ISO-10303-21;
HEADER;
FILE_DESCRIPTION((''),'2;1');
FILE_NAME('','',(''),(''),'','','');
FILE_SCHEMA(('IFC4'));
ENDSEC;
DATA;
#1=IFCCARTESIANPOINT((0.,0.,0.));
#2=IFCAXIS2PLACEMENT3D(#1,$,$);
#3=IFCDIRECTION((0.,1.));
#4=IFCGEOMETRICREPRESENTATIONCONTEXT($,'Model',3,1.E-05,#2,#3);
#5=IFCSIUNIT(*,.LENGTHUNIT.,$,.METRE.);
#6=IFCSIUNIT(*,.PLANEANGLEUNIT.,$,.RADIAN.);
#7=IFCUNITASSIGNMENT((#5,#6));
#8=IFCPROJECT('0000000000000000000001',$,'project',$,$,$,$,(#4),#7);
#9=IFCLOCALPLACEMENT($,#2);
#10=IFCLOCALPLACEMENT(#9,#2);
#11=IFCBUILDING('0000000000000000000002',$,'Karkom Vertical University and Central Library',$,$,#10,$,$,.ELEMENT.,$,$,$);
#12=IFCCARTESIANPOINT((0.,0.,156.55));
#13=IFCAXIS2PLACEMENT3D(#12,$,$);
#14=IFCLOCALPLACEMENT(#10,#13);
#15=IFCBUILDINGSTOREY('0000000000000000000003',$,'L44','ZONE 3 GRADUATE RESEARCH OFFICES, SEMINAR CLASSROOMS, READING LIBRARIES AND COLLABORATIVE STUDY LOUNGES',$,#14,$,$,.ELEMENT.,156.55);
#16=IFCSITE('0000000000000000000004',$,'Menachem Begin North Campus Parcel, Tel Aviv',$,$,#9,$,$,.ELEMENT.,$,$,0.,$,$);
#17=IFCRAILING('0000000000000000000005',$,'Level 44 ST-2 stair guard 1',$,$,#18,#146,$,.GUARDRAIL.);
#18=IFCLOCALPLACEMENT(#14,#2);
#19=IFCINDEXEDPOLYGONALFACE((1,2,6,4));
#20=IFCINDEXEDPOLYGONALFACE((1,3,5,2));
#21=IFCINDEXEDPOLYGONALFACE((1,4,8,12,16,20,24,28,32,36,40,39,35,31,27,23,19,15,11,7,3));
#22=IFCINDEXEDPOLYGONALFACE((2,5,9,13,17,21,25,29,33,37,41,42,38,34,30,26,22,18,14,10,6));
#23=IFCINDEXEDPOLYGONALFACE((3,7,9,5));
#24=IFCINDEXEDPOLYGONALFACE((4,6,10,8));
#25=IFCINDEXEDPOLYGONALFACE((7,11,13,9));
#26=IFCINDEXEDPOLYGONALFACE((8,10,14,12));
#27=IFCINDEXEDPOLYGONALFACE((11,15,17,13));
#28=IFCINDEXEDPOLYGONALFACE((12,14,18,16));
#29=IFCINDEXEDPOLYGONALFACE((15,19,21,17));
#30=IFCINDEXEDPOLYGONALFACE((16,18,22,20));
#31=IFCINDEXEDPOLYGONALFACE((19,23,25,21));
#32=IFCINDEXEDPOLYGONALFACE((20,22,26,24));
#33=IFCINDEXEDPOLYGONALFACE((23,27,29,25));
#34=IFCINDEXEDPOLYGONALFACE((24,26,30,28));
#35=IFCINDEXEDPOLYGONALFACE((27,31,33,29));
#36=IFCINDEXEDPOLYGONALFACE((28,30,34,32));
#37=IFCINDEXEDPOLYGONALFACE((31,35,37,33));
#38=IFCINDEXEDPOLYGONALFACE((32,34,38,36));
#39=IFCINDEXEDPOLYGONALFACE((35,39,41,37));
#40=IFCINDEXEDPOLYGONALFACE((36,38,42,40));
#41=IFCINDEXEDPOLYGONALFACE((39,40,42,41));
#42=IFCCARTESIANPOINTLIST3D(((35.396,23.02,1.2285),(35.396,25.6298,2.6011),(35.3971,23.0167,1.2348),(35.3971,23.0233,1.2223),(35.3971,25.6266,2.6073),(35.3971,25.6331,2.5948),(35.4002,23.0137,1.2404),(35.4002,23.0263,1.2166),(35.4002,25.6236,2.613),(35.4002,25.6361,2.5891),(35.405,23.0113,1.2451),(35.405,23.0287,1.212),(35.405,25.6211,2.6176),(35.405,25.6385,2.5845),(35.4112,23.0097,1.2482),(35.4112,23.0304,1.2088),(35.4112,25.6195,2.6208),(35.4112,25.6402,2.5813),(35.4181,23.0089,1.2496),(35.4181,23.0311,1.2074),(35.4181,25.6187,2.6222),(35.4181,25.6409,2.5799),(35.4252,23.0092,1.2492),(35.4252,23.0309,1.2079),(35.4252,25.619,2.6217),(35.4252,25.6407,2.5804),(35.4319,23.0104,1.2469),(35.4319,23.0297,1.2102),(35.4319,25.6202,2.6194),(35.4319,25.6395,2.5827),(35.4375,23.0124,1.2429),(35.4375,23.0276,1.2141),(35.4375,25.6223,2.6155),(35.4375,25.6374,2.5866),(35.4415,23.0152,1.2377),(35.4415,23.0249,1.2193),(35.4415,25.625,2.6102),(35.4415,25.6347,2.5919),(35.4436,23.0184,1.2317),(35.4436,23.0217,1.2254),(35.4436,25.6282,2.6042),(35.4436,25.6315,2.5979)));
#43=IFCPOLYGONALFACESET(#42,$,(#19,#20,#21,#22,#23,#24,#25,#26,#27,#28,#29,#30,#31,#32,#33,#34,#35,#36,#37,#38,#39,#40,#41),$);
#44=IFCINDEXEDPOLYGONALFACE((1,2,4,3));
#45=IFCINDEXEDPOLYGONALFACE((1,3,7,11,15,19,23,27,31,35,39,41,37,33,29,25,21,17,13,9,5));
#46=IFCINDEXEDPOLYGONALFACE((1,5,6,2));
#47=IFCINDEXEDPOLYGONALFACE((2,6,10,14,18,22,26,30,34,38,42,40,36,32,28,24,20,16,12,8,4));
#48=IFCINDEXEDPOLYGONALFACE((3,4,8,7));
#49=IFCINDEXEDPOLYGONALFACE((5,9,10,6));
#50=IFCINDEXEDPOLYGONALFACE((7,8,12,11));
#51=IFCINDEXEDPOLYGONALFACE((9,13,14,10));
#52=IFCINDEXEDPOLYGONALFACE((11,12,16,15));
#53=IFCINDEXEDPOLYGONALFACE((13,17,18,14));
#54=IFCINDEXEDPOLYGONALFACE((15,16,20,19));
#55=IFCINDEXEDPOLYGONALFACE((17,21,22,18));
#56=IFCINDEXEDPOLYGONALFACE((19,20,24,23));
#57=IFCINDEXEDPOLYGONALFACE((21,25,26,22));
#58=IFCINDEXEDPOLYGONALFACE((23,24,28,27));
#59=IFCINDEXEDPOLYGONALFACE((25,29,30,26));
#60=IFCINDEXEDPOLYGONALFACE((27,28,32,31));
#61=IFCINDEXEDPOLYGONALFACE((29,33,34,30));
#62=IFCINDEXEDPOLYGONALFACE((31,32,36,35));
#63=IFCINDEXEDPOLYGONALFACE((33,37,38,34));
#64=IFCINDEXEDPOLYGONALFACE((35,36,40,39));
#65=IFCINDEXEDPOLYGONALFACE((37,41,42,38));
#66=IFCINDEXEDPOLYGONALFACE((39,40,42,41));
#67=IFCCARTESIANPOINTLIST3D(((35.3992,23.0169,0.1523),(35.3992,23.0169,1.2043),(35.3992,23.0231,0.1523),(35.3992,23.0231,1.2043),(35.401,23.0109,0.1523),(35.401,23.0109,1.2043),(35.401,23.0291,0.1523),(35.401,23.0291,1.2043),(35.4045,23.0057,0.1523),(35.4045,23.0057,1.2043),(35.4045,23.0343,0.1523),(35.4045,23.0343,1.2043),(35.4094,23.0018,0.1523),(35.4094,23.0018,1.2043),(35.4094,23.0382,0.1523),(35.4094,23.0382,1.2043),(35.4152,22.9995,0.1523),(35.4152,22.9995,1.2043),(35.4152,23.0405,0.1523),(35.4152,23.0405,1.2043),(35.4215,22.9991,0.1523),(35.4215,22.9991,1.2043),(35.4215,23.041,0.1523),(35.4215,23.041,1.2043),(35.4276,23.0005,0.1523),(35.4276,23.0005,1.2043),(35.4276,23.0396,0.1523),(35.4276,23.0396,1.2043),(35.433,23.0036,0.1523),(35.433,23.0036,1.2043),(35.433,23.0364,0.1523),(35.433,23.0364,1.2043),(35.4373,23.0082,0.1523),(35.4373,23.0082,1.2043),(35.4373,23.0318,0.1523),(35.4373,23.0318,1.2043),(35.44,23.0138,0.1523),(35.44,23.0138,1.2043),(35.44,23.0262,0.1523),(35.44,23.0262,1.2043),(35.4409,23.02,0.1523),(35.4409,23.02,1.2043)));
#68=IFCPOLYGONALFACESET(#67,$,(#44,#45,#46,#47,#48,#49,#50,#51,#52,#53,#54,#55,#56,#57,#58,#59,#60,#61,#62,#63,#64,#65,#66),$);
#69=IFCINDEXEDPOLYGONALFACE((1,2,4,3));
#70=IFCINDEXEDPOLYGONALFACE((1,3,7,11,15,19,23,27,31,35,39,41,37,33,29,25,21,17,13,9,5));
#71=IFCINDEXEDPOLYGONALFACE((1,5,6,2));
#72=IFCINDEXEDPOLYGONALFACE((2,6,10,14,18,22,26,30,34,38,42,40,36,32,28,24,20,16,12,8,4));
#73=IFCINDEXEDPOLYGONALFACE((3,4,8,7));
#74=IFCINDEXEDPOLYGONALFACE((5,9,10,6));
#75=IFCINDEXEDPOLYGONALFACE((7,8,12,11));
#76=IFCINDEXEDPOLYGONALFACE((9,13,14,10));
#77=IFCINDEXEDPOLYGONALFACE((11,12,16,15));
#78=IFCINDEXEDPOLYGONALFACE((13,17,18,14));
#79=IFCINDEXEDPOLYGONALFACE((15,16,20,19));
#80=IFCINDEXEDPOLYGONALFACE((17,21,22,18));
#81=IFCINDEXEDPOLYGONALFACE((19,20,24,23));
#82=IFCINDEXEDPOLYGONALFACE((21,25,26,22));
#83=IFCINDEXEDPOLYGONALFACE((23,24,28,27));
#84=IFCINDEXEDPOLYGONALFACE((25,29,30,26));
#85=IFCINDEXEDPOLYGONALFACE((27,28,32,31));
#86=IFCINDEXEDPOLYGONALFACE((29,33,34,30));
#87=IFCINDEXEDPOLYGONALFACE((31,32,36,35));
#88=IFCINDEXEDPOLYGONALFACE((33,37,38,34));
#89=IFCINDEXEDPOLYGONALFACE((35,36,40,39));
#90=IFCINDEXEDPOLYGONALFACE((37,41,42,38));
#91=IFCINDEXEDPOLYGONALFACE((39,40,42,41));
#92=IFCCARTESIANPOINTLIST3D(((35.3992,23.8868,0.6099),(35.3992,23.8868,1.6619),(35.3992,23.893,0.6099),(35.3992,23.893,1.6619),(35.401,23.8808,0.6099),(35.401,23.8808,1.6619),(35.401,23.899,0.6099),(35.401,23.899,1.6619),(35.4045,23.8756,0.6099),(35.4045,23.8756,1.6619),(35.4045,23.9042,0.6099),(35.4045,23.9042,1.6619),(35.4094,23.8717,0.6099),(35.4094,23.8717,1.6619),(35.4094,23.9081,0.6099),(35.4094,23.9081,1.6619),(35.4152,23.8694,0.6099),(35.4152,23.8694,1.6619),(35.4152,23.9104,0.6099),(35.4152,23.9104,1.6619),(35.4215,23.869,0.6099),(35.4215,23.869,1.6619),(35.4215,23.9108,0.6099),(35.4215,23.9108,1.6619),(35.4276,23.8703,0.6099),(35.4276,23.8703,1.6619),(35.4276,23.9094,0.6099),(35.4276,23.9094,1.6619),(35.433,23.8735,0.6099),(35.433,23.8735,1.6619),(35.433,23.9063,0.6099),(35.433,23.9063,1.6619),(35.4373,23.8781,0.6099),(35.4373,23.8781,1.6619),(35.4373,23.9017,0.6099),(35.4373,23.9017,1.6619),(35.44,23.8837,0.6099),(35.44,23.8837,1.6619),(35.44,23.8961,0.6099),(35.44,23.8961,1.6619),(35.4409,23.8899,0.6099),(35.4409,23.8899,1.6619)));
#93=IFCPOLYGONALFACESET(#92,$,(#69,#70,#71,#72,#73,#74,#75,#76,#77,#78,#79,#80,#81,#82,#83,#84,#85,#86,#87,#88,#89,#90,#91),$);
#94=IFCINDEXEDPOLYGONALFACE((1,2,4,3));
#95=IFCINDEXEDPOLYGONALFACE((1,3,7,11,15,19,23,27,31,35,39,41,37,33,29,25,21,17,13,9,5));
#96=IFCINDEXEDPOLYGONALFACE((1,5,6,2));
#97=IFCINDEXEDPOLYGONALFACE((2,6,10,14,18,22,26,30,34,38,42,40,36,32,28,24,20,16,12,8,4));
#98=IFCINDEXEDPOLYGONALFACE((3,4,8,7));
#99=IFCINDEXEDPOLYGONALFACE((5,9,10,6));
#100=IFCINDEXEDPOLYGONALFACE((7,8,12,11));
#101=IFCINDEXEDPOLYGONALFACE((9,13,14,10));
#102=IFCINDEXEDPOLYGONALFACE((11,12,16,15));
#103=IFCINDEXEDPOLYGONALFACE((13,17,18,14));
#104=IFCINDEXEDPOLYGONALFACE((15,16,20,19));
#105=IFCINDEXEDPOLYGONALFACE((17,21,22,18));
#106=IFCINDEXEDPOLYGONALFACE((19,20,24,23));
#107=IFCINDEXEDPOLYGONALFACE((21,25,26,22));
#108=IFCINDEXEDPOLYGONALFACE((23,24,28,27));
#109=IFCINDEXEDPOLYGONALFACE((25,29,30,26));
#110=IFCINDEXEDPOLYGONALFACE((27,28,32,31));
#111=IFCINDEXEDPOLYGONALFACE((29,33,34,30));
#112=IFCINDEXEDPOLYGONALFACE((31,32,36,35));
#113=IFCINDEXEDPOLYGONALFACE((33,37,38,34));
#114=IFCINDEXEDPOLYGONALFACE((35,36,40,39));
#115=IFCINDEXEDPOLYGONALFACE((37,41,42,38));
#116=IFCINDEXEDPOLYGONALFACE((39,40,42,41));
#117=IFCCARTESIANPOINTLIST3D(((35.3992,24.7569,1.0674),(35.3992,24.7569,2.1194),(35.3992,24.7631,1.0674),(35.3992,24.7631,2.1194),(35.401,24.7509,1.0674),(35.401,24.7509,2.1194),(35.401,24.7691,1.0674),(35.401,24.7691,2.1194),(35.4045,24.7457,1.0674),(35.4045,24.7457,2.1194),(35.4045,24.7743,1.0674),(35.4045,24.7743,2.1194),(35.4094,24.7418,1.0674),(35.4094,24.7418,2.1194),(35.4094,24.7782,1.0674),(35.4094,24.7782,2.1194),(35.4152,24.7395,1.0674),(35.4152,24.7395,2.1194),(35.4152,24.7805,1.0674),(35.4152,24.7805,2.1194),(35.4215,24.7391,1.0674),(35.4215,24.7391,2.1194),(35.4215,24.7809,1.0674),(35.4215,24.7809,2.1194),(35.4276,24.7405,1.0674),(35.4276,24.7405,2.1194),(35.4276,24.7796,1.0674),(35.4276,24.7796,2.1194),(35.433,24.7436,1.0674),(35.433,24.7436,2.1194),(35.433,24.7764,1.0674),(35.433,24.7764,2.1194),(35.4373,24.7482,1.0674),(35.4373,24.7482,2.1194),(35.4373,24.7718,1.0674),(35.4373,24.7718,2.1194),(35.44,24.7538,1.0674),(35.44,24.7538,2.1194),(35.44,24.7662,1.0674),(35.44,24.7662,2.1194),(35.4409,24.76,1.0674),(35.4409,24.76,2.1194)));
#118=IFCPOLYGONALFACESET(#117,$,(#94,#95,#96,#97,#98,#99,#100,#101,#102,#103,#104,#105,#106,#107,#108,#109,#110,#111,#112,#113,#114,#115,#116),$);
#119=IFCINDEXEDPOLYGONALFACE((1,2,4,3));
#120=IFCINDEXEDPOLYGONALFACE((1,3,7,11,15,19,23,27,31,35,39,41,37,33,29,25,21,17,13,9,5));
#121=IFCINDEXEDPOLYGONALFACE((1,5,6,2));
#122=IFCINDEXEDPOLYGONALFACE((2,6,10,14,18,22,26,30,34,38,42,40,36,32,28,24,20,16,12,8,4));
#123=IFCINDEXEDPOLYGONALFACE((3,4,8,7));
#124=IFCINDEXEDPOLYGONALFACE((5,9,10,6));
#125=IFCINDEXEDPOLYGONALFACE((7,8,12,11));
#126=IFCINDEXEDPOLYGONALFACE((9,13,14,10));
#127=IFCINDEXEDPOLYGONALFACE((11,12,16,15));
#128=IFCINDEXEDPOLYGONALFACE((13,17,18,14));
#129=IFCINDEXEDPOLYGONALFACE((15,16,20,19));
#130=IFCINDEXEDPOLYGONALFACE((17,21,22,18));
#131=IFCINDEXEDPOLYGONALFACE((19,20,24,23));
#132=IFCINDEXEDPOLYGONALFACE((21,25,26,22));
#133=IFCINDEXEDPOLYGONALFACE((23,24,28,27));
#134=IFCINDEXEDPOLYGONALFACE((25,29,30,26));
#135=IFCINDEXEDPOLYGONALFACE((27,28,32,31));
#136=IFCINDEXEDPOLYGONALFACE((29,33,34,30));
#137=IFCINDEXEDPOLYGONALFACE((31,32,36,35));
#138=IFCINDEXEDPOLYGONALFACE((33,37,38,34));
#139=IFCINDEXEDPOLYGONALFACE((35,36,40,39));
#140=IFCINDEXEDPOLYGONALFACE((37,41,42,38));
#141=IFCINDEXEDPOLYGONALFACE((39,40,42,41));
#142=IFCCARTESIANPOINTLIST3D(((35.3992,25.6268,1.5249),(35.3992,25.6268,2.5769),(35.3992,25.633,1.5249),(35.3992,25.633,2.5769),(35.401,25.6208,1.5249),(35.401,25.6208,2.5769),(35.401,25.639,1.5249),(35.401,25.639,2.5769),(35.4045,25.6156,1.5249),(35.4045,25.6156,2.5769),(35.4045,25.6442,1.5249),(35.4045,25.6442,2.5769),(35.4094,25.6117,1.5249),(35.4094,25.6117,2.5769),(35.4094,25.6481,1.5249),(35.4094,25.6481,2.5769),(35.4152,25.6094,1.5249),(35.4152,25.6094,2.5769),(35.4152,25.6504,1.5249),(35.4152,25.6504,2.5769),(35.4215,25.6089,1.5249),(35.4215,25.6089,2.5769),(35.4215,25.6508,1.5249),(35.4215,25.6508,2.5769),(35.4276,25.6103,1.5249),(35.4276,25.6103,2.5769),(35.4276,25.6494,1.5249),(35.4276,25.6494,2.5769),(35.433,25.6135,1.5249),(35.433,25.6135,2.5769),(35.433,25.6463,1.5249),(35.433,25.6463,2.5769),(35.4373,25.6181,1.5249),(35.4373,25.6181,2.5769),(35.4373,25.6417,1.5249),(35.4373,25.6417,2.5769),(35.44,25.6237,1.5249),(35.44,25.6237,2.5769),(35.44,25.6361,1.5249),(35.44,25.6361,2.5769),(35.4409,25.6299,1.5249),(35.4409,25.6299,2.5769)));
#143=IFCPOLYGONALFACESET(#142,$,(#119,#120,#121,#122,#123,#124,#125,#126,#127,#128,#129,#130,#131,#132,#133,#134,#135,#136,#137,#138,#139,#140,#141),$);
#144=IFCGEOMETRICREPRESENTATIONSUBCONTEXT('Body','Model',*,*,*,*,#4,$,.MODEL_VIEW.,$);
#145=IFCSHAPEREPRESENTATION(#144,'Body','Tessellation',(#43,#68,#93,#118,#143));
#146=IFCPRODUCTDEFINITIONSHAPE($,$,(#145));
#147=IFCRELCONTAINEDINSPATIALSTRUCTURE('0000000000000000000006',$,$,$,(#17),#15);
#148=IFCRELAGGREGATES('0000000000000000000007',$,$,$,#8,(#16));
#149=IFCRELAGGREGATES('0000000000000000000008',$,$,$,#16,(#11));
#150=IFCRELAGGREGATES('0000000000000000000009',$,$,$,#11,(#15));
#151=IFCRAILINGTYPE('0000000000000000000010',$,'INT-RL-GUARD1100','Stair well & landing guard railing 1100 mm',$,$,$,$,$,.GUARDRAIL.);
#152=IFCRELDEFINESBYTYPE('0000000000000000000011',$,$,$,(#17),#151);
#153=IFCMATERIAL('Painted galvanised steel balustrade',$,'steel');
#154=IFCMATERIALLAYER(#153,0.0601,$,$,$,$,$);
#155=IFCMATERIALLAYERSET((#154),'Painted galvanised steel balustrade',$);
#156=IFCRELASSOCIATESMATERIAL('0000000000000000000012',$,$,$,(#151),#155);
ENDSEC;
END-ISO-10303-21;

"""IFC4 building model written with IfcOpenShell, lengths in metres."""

from ifc_helpers import new_model, si_unit, direction, frame, origin, origin_2d, place, context, subcontext, project, spatial, circle, extrude, material, layer, layer_set, type_object, element, save


model = new_model("IFC4")

# Units and contexts
model_context = context("Model", 3, precision=1e-05, world=origin(), true_north=direction((0.0, 1.0)))
body_context = subcontext(model_context, "Body", "Model", "MODEL_VIEW")
ifc_project = project(units=[si_unit("LENGTHUNIT", "METRE"), si_unit("PLANEANGLEUNIT", "RADIAN")], contexts=[model_context])

# Site, building, storey
site_placement = place(None, origin())
site = spatial("IfcSite", under=ifc_project, at=site_placement, Name="Menachem Begin North Campus Parcel, Tel Aviv", CompositionType="ELEMENT", RefElevation=0.0)
building_placement = place(site_placement, origin())
building = spatial("IfcBuilding", under=site, at=building_placement, Name="Karkom Vertical University and Central Library", CompositionType="ELEMENT")
storey_placement = place(building_placement, frame((0.0, 0.0, 156.55)))
storey = spatial("IfcBuildingStorey", under=building, at=storey_placement, Name="L44", Description="ZONE 3 GRADUATE RESEARCH OFFICES, SEMINAR CLASSROOMS, READING LIBRARIES AND COLLABORATIVE STUDY LOUNGES", CompositionType="ELEMENT", Elevation=156.55)

# Railing
ifc_material_1 = material(Name="Painted galvanised steel balustrade", Category="steel")
ifc_layer_1 = layer(ifc_material_1, 0.0601)
ifc_layer_set_1 = layer_set([ifc_layer_1], Name="Painted galvanised steel balustrade")
railing_type_1 = type_object("IfcRailingType", Name="INT-RL-GUARD1100", Description="Stair well & landing guard railing 1100 mm", PredefinedType="GUARDRAIL", material=ifc_layer_set_1)
railing_1_placement = place(storey_placement, frame((35.4199, 23.02, 0.1523)))
element("IfcRailing", 1, at=railing_1_placement, inside=storey, type_object=railing_type_1, Name="Level 44 ST-2 stair guard 1", PredefinedType="GUARDRAIL", context=body_context, shape_type="SweptSolid", body=[
    extrude(circle(Radius=0.0239, at=origin_2d()), frame((0.0, 0.0, 1.0762), z_axis=(0.0, 0.885065, 0.465467), x_axis=(-1.0, 0.0, 0.0)), (0.0, 0.0, 1.0), 2.9487),
    extrude(circle(Radius=0.021, at=origin_2d()), origin(), (0.0, 0.0, 1.0), 1.052),
    extrude(circle(Radius=0.021, at=origin_2d()), frame((0.0, 0.8699, 0.4575)), (0.0, 0.0, 1.0), 1.052),
    extrude(circle(Radius=0.021, at=origin_2d()), frame((0.0, 1.74, 0.915)), (0.0, 0.0, 1.0), 1.052),
    extrude(circle(Radius=0.021, at=origin_2d()), frame((0.0, 2.6099, 1.3726)), (0.0, 0.0, 1.0), 1.052),
])

save(model, "model.ifc")
